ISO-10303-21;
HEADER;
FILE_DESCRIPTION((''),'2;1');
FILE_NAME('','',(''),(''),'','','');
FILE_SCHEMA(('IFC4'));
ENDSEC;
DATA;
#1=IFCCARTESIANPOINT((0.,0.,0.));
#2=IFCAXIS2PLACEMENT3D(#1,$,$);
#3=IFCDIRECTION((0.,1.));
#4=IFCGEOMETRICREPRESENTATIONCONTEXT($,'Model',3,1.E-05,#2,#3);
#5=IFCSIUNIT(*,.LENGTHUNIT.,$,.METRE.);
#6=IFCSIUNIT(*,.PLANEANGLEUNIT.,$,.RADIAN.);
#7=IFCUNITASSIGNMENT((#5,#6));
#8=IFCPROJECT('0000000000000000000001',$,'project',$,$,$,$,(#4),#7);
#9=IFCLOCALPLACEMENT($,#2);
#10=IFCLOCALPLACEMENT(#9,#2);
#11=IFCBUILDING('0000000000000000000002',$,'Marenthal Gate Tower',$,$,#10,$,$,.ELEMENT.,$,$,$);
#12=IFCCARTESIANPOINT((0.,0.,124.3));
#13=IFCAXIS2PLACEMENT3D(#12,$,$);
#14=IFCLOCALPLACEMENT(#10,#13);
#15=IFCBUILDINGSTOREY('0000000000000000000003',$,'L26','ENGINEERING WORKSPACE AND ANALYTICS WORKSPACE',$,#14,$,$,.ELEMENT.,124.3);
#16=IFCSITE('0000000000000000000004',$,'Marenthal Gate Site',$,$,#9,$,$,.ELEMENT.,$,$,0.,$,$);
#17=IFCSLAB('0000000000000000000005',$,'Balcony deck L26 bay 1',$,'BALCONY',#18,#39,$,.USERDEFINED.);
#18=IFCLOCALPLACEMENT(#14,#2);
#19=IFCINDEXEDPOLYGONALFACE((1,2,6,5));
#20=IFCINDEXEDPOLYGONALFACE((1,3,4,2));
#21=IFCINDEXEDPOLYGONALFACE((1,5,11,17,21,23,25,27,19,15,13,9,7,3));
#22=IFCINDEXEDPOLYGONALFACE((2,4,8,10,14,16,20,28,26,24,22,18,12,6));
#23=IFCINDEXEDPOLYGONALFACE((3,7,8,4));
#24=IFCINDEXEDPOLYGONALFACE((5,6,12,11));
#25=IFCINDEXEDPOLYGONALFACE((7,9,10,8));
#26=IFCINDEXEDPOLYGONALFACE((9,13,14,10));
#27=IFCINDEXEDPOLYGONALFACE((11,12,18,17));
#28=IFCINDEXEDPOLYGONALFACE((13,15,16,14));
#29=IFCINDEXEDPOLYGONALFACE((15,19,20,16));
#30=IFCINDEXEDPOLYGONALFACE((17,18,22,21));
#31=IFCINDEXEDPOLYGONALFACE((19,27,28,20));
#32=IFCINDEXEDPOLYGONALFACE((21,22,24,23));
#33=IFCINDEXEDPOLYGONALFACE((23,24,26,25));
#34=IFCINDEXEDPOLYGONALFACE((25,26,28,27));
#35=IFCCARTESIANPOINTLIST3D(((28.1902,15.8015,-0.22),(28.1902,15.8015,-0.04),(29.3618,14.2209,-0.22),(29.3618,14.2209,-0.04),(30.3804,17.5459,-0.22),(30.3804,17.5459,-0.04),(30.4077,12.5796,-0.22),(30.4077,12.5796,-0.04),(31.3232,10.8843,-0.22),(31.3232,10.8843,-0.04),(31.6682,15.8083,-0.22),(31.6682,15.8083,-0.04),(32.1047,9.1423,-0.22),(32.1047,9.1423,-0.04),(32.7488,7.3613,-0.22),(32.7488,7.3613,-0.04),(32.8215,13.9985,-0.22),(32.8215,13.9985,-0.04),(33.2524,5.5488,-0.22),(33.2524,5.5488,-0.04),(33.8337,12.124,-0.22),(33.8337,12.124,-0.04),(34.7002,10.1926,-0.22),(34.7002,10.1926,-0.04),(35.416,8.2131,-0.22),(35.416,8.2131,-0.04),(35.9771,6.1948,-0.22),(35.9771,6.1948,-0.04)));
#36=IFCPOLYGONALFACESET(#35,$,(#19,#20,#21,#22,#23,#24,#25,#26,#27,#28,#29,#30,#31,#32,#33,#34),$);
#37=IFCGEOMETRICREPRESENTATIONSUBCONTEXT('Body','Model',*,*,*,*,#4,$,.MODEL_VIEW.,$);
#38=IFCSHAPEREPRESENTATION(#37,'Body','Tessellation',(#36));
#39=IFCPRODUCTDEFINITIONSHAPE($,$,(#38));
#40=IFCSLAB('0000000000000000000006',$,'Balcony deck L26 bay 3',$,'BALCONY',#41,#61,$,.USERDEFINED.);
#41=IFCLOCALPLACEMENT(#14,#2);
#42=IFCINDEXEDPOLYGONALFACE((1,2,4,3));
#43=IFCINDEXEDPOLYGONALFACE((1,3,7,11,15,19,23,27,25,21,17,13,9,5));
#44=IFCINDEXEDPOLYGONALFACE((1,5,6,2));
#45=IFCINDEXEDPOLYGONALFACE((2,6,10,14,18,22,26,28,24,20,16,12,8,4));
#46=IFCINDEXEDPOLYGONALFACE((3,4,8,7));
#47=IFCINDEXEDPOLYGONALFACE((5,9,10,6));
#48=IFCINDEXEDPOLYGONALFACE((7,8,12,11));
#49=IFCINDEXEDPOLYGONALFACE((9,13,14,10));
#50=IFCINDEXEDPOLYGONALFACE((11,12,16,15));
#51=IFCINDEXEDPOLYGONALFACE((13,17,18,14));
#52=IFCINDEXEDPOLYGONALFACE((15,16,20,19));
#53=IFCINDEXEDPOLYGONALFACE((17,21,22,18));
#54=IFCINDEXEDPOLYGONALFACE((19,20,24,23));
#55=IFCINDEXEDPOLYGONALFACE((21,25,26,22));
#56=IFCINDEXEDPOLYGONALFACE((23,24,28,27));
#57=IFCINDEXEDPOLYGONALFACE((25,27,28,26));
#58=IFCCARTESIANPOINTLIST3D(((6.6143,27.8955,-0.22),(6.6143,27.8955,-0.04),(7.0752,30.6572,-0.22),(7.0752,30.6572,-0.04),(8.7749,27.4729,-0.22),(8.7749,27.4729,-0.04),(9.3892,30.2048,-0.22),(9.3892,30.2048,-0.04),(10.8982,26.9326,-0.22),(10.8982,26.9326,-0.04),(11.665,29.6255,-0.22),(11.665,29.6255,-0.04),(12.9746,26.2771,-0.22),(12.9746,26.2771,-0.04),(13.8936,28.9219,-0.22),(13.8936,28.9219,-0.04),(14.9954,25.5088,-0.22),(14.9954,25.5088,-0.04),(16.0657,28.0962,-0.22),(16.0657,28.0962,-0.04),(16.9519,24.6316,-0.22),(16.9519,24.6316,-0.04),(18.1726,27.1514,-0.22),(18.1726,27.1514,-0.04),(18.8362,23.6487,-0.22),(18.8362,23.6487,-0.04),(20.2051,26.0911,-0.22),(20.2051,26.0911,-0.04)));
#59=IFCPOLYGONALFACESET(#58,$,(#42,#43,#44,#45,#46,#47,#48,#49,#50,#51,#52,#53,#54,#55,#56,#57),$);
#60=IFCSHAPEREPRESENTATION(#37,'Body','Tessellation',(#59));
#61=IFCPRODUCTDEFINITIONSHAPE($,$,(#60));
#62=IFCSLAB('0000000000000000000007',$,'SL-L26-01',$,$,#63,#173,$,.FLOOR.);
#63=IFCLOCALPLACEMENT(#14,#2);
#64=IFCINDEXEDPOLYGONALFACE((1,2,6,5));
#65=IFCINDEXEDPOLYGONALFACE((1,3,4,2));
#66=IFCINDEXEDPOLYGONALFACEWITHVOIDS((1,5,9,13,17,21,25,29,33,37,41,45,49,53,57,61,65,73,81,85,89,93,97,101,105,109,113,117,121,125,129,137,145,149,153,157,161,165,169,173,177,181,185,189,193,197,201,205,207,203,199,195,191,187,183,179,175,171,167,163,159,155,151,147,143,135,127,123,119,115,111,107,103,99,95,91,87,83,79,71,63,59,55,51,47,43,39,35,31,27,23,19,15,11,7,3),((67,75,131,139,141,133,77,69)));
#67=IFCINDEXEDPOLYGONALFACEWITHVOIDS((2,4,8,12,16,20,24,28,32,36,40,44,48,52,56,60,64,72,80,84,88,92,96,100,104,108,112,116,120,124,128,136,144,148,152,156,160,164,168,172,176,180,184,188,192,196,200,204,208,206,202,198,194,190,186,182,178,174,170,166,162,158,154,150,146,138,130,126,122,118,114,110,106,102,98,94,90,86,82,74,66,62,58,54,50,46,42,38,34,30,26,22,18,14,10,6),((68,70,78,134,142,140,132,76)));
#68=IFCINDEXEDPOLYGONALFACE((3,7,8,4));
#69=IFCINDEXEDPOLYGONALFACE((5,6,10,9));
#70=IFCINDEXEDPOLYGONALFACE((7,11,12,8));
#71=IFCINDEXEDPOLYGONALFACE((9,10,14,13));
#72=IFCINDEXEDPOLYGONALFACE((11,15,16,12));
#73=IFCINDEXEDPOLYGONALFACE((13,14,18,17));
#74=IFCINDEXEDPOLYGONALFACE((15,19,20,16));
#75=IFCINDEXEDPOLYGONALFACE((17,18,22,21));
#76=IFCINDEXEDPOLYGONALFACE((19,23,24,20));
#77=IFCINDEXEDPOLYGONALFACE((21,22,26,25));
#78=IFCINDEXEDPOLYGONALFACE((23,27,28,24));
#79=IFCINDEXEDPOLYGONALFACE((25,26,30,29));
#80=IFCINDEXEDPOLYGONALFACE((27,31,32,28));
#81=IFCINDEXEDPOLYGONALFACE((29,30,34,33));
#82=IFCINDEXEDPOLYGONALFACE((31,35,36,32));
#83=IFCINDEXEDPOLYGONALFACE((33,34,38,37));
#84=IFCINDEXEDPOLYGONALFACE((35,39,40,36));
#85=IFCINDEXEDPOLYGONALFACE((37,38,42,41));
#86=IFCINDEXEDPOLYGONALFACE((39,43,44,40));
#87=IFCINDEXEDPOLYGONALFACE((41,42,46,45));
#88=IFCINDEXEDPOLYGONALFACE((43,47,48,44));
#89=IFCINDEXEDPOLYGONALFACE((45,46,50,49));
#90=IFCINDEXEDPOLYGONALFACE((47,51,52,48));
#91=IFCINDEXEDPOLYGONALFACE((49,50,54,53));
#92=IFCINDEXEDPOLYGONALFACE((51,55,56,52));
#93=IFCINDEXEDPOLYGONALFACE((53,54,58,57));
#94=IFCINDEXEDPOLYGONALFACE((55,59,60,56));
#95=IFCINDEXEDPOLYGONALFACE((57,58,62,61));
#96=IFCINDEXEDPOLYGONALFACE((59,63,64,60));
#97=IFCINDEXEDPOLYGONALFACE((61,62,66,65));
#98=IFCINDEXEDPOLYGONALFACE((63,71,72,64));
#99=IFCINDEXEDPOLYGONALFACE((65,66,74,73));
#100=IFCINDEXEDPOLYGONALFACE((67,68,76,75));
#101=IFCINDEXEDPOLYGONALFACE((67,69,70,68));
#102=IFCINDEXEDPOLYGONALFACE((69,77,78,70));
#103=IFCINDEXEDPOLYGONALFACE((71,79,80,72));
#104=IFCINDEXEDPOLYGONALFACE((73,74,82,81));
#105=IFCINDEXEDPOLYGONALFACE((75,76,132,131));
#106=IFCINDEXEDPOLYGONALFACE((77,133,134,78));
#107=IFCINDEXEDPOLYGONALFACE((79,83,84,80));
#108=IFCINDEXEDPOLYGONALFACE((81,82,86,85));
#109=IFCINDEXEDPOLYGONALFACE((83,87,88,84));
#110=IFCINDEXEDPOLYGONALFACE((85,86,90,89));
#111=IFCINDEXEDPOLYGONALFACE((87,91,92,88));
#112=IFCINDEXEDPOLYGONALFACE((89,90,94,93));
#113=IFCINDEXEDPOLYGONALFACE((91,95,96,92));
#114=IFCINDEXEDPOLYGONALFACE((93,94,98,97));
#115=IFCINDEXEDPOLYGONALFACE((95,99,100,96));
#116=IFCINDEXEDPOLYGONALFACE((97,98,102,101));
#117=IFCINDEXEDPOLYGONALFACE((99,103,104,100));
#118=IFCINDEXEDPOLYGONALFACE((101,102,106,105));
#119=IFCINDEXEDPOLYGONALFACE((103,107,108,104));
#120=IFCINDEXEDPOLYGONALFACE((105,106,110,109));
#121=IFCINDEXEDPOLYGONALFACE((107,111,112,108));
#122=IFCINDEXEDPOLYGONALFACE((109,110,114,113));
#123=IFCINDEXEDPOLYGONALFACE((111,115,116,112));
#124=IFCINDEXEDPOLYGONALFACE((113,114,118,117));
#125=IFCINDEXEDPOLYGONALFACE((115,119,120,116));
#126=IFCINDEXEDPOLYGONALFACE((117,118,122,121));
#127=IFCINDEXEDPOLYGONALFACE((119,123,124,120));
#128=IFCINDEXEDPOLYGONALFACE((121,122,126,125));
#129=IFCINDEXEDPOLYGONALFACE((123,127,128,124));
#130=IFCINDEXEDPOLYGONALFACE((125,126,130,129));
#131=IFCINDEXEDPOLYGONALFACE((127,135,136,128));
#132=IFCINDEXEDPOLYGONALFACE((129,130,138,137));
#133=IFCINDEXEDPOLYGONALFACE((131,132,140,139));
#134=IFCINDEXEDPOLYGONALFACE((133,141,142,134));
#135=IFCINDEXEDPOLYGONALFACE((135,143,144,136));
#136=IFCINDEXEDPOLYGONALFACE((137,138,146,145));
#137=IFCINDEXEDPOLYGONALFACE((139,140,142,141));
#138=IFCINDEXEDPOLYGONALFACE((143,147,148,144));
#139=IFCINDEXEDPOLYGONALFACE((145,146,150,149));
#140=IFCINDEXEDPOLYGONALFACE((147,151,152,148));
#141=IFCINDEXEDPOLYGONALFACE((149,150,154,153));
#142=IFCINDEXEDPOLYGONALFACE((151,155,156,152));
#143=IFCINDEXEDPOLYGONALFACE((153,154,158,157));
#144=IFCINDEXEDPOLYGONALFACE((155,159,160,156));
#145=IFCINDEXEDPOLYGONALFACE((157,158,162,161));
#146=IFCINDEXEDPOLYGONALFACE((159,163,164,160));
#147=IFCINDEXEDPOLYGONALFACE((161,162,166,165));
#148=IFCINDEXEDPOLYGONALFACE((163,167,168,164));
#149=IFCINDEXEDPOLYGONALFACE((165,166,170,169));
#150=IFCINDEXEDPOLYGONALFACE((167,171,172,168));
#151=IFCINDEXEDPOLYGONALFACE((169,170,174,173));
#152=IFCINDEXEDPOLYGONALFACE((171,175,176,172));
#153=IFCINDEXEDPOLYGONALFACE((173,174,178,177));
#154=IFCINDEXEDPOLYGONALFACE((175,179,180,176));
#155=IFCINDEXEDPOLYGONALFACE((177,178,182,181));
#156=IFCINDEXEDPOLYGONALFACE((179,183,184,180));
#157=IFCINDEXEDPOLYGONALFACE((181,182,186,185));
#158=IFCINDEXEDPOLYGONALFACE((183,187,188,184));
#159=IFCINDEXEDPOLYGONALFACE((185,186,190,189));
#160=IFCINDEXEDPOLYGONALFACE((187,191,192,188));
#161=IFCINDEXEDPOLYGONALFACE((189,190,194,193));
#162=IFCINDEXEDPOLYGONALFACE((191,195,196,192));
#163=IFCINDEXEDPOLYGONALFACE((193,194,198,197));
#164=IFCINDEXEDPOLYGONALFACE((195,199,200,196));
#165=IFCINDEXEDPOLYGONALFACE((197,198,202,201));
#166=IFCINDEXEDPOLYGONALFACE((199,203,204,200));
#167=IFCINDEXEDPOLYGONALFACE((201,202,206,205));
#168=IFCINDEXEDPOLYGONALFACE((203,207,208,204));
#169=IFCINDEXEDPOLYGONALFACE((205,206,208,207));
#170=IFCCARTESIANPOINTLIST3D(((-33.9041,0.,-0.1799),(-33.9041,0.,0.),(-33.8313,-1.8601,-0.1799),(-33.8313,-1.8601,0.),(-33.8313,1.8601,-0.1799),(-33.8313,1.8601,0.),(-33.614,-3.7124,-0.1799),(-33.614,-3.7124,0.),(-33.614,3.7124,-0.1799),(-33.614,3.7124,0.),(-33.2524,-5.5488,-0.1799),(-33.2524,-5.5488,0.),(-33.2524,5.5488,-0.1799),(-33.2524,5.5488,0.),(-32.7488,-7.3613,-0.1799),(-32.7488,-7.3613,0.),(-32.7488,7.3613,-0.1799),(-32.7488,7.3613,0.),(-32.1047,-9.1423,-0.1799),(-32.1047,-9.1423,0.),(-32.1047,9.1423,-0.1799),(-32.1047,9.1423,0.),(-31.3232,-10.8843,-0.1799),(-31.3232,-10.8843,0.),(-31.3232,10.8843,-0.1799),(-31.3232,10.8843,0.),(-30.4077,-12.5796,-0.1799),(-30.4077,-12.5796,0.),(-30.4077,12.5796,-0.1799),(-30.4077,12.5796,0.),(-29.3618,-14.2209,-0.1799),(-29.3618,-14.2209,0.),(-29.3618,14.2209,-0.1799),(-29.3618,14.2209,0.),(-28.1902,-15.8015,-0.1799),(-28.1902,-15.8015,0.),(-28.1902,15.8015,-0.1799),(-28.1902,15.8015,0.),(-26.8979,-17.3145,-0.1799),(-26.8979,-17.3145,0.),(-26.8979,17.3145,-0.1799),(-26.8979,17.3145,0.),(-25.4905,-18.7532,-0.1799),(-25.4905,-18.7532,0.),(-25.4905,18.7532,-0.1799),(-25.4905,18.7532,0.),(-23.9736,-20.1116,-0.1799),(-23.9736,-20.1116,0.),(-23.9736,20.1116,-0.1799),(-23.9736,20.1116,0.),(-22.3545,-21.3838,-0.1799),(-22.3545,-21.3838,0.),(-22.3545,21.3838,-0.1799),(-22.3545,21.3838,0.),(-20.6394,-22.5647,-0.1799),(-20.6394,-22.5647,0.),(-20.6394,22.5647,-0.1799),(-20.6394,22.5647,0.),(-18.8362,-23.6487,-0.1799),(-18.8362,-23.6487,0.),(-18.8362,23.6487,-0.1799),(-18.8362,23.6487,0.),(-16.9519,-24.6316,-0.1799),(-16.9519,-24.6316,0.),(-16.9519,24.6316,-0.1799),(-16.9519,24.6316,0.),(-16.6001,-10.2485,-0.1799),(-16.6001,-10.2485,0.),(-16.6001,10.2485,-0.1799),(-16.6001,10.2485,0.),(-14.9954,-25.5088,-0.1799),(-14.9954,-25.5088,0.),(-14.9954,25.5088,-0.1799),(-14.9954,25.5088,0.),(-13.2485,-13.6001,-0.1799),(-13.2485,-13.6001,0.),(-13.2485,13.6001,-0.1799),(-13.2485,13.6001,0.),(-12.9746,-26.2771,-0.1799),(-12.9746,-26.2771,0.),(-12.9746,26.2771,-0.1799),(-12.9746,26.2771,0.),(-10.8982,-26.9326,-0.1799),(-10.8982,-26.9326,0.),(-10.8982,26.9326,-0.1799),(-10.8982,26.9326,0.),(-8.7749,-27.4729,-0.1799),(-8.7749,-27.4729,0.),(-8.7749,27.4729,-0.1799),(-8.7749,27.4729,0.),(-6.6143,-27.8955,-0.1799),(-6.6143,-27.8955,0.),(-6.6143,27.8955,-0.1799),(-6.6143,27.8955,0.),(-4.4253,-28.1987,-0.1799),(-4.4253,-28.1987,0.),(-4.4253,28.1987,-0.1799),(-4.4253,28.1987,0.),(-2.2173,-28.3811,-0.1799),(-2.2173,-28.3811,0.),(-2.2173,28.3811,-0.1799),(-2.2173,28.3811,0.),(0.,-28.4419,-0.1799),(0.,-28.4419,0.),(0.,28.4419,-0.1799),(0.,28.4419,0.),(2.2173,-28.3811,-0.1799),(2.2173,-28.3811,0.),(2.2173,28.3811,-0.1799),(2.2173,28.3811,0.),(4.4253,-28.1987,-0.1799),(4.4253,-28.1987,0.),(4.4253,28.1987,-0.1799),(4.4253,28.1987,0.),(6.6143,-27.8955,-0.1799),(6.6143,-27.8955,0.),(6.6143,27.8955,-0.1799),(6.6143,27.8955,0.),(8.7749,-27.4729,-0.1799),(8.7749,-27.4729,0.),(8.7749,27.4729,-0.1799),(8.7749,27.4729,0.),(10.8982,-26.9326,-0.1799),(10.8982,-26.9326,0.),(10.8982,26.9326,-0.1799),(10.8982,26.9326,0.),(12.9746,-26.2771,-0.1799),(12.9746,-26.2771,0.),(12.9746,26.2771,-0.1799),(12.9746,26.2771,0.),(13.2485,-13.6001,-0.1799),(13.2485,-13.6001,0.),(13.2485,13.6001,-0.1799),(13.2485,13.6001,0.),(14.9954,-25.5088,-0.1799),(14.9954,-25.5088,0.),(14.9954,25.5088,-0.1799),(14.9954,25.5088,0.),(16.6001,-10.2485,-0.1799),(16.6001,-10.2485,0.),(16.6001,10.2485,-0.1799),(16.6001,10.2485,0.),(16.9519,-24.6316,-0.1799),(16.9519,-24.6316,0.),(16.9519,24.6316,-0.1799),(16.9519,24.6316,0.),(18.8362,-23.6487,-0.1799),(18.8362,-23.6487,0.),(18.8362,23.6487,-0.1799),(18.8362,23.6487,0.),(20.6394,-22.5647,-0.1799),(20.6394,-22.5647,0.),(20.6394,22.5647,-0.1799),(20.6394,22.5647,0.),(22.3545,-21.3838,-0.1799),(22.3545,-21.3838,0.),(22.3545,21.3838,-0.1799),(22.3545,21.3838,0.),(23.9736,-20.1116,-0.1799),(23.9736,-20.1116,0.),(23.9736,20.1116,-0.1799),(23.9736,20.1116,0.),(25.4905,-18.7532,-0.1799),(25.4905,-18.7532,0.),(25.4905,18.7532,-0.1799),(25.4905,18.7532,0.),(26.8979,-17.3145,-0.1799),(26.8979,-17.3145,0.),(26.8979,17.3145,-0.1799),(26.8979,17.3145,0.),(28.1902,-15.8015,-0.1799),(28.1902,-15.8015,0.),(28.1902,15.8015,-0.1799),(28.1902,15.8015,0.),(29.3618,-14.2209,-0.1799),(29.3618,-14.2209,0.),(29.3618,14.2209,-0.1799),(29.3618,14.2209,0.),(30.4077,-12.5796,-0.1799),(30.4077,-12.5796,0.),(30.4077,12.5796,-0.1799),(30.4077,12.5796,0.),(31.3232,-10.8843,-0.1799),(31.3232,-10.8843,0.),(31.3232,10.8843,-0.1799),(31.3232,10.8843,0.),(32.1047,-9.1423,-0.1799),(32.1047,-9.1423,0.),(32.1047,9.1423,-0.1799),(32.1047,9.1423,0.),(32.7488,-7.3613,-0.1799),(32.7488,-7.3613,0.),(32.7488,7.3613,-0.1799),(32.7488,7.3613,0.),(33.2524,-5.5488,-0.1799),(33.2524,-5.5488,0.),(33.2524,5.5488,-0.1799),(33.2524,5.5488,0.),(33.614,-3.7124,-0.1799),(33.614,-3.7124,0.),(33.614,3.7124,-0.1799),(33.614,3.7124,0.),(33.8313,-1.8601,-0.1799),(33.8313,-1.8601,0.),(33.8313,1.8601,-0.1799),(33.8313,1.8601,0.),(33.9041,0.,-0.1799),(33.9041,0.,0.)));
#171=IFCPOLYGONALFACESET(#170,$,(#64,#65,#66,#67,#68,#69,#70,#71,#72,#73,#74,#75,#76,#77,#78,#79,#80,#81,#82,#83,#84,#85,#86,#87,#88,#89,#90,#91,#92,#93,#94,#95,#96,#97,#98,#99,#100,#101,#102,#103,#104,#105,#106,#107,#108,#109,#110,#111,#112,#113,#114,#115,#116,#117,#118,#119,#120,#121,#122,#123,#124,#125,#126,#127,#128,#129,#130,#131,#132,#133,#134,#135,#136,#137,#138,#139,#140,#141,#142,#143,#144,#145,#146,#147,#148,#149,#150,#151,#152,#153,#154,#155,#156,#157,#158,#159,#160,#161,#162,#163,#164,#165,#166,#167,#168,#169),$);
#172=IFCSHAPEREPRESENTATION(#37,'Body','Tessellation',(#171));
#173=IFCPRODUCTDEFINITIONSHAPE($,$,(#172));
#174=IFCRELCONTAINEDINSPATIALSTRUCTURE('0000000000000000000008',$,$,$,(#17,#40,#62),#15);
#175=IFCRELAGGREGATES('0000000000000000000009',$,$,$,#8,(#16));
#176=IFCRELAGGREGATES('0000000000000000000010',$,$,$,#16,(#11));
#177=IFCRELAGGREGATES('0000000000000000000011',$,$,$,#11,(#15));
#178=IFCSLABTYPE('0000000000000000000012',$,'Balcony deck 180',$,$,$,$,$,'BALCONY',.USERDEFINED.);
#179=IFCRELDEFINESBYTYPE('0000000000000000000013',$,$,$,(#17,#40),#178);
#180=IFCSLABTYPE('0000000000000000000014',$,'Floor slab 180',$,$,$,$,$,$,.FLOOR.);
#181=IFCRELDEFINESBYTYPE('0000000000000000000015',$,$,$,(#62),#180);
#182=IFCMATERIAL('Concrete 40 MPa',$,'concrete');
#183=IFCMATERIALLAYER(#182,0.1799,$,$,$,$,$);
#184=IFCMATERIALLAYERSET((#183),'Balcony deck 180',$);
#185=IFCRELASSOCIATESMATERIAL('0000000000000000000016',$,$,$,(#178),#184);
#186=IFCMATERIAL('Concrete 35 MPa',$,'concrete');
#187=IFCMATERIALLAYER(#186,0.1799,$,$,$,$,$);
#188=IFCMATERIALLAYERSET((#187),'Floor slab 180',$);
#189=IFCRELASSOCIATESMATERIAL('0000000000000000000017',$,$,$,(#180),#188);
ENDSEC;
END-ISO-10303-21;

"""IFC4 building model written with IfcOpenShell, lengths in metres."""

from ifc_helpers import new_model, si_unit, direction, frame, origin, place, context, subcontext, project, spatial, polyline, outline, extrude, material, layer, layer_set, type_object, element, save


model = new_model("IFC4")

# Units and contexts
model_context = context("Model", 3, precision=1e-05, world=origin(), true_north=direction((0.0, 1.0)))
body_context = subcontext(model_context, "Body", "Model", "MODEL_VIEW")
ifc_project = project(units=[si_unit("LENGTHUNIT", "METRE"), si_unit("PLANEANGLEUNIT", "RADIAN")], contexts=[model_context])

# Site, building, storey
site_placement = place(None, origin())
site = spatial("IfcSite", under=ifc_project, at=site_placement, Name="Marenthal Gate Site", CompositionType="ELEMENT", RefElevation=0.0)
building_placement = place(site_placement, origin())
building = spatial("IfcBuilding", under=site, at=building_placement, Name="Marenthal Gate Tower", CompositionType="ELEMENT")
storey_placement = place(building_placement, frame((0.0, 0.0, 124.3)))
storey = spatial("IfcBuildingStorey", under=building, at=storey_placement, Name="L26", Description="ENGINEERING WORKSPACE AND ANALYTICS WORKSPACE", CompositionType="ELEMENT", Elevation=124.3)

# Slabs
ifc_material_1 = material(Name="Concrete 40 MPa", Category="concrete")
ifc_layer_1 = layer(ifc_material_1, 0.1799)
ifc_layer_set_1 = layer_set([ifc_layer_1], Name="Balcony deck 180")
slab_type_1 = type_object("IfcSlabType", Name="Balcony deck 180", ElementType="BALCONY", PredefinedType="USERDEFINED", material=ifc_layer_set_1)
slab_1_placement = place(storey_placement, frame((0.0, 0.0, -0.22)))
element("IfcSlab", 1, at=slab_1_placement, inside=storey, type_object=slab_type_1, Name="Balcony deck L26 bay 1", ObjectType="BALCONY", PredefinedType="USERDEFINED", context=body_context, shape_type="SweptSolid", body=[
    extrude(outline(polyline([(33.2524, 5.5488), (32.7488, 7.3613), (32.1047, 9.1423), (31.3232, 10.8843), (30.4077, 12.5796), (29.3618, 14.2209), (28.1902, 15.8015), (30.3804, 17.5459), (31.6682, 15.8083), (32.8215, 13.9985), (33.8337, 12.124), (34.7002, 10.1926), (35.416, 8.2131), (35.9771, 6.1948), (33.2524, 5.5488)])), origin(), (0.0, 0.0, 1.0), 0.1799),
])
slab_2_placement = place(storey_placement, frame((0.0, 0.0, -0.22)))
element("IfcSlab", 2, at=slab_2_placement, inside=storey, type_object=slab_type_1, Name="Balcony deck L26 bay 3", ObjectType="BALCONY", PredefinedType="USERDEFINED", context=body_context, shape_type="SweptSolid", body=[
    extrude(outline(polyline([(18.8362, 23.6487), (16.9519, 24.6316), (14.9954, 25.5088), (12.9746, 26.2771), (10.8982, 26.9326), (8.7749, 27.4729), (6.6143, 27.8955), (7.0752, 30.6572), (9.3892, 30.2048), (11.665, 29.6255), (13.8936, 28.9219), (16.0657, 28.0962), (18.1726, 27.1514), (20.2051, 26.0911), (18.8362, 23.6487)])), origin(), (0.0, 0.0, 1.0), 0.1799),
])
ifc_material_2 = material(Name="Concrete 35 MPa", Category="concrete")
ifc_layer_2 = layer(ifc_material_2, 0.1799)
ifc_layer_set_2 = layer_set([ifc_layer_2], Name="Floor slab 180")
slab_type_2 = type_object("IfcSlabType", Name="Floor slab 180", PredefinedType="FLOOR", material=ifc_layer_set_2)
slab_3_placement = place(storey_placement, frame((0.0, 0.0, -0.1799)))
element("IfcSlab", 3, at=slab_3_placement, inside=storey, type_object=slab_type_2, Name="SL-L26-01", PredefinedType="FLOOR", context=body_context, shape_type="SweptSolid", body=[
    extrude(outline(polyline([(33.9041, 0.0), (33.8313, 1.8601), (33.614, 3.7124), (33.2524, 5.5488), (32.7488, 7.3613), (32.1047, 9.1423), (31.3232, 10.8843), (30.4077, 12.5796), (29.3618, 14.2209), (28.1902, 15.8015), (26.8979, 17.3145), (25.4905, 18.7532), (23.9736, 20.1116), (22.3545, 21.3838), (20.6394, 22.5647), (18.8362, 23.6487), (16.9519, 24.6316), (14.9954, 25.5088), (12.9746, 26.2771), (10.8982, 26.9326), (8.7749, 27.4729), (6.6143, 27.8955), (4.4253, 28.1987), (2.2173, 28.3811), (0.0, 28.4419), (-2.2173, 28.3811), (-4.4253, 28.1987), (-6.6143, 27.8955), (-8.7749, 27.4729), (-10.8982, 26.9326), (-12.9746, 26.2771), (-14.9954, 25.5088), (-16.9519, 24.6316), (-18.8362, 23.6487), (-20.6394, 22.5647), (-22.3545, 21.3838), (-23.9736, 20.1116), (-25.4905, 18.7532), (-26.8979, 17.3145), (-28.1902, 15.8015), (-29.3618, 14.2209), (-30.4077, 12.5796), (-31.3232, 10.8843), (-32.1047, 9.1423), (-32.7488, 7.3613), (-33.2524, 5.5488), (-33.614, 3.7124), (-33.8313, 1.8601), (-33.9041, 0.0), (-33.8313, -1.8601), (-33.614, -3.7124), (-33.2524, -5.5488), (-32.7488, -7.3613), (-32.1047, -9.1423), (-31.3232, -10.8843), (-30.4077, -12.5796), (-29.3618, -14.2209), (-28.1902, -15.8015), (-26.8979, -17.3145), (-25.4905, -18.7532), (-23.9736, -20.1116), (-22.3545, -21.3838), (-20.6394, -22.5647), (-18.8362, -23.6487), (-16.9519, -24.6316), (-14.9954, -25.5088), (-12.9746, -26.2771), (-10.8982, -26.9326), (-8.7749, -27.4729), (-6.6143, -27.8955), (-4.4253, -28.1987), (-2.2173, -28.3811), (0.0, -28.4419), (2.2173, -28.3811), (4.4253, -28.1987), (6.6143, -27.8955), (8.7749, -27.4729), (10.8982, -26.9326), (12.9746, -26.2771), (14.9954, -25.5088), (16.9519, -24.6316), (18.8362, -23.6487), (20.6394, -22.5647), (22.3545, -21.3838), (23.9736, -20.1116), (25.4905, -18.7532), (26.8979, -17.3145), (28.1902, -15.8015), (29.3618, -14.2209), (30.4077, -12.5796), (31.3232, -10.8843), (32.1047, -9.1423), (32.7488, -7.3613), (33.2524, -5.5488), (33.614, -3.7124), (33.8313, -1.8601), (33.9041, 0.0)]), holes=[polyline([(13.2485, -13.6001), (16.6001, -10.2485), (16.6001, 10.2485), (13.2485, 13.6001), (-13.2485, 13.6001), (-16.6001, 10.2485), (-16.6001, -10.2485), (-13.2485, -13.6001), (13.2485, -13.6001)])]), origin(), (0.0, 0.0, 1.0), 0.1799),
])

save(model, "model.ifc")
